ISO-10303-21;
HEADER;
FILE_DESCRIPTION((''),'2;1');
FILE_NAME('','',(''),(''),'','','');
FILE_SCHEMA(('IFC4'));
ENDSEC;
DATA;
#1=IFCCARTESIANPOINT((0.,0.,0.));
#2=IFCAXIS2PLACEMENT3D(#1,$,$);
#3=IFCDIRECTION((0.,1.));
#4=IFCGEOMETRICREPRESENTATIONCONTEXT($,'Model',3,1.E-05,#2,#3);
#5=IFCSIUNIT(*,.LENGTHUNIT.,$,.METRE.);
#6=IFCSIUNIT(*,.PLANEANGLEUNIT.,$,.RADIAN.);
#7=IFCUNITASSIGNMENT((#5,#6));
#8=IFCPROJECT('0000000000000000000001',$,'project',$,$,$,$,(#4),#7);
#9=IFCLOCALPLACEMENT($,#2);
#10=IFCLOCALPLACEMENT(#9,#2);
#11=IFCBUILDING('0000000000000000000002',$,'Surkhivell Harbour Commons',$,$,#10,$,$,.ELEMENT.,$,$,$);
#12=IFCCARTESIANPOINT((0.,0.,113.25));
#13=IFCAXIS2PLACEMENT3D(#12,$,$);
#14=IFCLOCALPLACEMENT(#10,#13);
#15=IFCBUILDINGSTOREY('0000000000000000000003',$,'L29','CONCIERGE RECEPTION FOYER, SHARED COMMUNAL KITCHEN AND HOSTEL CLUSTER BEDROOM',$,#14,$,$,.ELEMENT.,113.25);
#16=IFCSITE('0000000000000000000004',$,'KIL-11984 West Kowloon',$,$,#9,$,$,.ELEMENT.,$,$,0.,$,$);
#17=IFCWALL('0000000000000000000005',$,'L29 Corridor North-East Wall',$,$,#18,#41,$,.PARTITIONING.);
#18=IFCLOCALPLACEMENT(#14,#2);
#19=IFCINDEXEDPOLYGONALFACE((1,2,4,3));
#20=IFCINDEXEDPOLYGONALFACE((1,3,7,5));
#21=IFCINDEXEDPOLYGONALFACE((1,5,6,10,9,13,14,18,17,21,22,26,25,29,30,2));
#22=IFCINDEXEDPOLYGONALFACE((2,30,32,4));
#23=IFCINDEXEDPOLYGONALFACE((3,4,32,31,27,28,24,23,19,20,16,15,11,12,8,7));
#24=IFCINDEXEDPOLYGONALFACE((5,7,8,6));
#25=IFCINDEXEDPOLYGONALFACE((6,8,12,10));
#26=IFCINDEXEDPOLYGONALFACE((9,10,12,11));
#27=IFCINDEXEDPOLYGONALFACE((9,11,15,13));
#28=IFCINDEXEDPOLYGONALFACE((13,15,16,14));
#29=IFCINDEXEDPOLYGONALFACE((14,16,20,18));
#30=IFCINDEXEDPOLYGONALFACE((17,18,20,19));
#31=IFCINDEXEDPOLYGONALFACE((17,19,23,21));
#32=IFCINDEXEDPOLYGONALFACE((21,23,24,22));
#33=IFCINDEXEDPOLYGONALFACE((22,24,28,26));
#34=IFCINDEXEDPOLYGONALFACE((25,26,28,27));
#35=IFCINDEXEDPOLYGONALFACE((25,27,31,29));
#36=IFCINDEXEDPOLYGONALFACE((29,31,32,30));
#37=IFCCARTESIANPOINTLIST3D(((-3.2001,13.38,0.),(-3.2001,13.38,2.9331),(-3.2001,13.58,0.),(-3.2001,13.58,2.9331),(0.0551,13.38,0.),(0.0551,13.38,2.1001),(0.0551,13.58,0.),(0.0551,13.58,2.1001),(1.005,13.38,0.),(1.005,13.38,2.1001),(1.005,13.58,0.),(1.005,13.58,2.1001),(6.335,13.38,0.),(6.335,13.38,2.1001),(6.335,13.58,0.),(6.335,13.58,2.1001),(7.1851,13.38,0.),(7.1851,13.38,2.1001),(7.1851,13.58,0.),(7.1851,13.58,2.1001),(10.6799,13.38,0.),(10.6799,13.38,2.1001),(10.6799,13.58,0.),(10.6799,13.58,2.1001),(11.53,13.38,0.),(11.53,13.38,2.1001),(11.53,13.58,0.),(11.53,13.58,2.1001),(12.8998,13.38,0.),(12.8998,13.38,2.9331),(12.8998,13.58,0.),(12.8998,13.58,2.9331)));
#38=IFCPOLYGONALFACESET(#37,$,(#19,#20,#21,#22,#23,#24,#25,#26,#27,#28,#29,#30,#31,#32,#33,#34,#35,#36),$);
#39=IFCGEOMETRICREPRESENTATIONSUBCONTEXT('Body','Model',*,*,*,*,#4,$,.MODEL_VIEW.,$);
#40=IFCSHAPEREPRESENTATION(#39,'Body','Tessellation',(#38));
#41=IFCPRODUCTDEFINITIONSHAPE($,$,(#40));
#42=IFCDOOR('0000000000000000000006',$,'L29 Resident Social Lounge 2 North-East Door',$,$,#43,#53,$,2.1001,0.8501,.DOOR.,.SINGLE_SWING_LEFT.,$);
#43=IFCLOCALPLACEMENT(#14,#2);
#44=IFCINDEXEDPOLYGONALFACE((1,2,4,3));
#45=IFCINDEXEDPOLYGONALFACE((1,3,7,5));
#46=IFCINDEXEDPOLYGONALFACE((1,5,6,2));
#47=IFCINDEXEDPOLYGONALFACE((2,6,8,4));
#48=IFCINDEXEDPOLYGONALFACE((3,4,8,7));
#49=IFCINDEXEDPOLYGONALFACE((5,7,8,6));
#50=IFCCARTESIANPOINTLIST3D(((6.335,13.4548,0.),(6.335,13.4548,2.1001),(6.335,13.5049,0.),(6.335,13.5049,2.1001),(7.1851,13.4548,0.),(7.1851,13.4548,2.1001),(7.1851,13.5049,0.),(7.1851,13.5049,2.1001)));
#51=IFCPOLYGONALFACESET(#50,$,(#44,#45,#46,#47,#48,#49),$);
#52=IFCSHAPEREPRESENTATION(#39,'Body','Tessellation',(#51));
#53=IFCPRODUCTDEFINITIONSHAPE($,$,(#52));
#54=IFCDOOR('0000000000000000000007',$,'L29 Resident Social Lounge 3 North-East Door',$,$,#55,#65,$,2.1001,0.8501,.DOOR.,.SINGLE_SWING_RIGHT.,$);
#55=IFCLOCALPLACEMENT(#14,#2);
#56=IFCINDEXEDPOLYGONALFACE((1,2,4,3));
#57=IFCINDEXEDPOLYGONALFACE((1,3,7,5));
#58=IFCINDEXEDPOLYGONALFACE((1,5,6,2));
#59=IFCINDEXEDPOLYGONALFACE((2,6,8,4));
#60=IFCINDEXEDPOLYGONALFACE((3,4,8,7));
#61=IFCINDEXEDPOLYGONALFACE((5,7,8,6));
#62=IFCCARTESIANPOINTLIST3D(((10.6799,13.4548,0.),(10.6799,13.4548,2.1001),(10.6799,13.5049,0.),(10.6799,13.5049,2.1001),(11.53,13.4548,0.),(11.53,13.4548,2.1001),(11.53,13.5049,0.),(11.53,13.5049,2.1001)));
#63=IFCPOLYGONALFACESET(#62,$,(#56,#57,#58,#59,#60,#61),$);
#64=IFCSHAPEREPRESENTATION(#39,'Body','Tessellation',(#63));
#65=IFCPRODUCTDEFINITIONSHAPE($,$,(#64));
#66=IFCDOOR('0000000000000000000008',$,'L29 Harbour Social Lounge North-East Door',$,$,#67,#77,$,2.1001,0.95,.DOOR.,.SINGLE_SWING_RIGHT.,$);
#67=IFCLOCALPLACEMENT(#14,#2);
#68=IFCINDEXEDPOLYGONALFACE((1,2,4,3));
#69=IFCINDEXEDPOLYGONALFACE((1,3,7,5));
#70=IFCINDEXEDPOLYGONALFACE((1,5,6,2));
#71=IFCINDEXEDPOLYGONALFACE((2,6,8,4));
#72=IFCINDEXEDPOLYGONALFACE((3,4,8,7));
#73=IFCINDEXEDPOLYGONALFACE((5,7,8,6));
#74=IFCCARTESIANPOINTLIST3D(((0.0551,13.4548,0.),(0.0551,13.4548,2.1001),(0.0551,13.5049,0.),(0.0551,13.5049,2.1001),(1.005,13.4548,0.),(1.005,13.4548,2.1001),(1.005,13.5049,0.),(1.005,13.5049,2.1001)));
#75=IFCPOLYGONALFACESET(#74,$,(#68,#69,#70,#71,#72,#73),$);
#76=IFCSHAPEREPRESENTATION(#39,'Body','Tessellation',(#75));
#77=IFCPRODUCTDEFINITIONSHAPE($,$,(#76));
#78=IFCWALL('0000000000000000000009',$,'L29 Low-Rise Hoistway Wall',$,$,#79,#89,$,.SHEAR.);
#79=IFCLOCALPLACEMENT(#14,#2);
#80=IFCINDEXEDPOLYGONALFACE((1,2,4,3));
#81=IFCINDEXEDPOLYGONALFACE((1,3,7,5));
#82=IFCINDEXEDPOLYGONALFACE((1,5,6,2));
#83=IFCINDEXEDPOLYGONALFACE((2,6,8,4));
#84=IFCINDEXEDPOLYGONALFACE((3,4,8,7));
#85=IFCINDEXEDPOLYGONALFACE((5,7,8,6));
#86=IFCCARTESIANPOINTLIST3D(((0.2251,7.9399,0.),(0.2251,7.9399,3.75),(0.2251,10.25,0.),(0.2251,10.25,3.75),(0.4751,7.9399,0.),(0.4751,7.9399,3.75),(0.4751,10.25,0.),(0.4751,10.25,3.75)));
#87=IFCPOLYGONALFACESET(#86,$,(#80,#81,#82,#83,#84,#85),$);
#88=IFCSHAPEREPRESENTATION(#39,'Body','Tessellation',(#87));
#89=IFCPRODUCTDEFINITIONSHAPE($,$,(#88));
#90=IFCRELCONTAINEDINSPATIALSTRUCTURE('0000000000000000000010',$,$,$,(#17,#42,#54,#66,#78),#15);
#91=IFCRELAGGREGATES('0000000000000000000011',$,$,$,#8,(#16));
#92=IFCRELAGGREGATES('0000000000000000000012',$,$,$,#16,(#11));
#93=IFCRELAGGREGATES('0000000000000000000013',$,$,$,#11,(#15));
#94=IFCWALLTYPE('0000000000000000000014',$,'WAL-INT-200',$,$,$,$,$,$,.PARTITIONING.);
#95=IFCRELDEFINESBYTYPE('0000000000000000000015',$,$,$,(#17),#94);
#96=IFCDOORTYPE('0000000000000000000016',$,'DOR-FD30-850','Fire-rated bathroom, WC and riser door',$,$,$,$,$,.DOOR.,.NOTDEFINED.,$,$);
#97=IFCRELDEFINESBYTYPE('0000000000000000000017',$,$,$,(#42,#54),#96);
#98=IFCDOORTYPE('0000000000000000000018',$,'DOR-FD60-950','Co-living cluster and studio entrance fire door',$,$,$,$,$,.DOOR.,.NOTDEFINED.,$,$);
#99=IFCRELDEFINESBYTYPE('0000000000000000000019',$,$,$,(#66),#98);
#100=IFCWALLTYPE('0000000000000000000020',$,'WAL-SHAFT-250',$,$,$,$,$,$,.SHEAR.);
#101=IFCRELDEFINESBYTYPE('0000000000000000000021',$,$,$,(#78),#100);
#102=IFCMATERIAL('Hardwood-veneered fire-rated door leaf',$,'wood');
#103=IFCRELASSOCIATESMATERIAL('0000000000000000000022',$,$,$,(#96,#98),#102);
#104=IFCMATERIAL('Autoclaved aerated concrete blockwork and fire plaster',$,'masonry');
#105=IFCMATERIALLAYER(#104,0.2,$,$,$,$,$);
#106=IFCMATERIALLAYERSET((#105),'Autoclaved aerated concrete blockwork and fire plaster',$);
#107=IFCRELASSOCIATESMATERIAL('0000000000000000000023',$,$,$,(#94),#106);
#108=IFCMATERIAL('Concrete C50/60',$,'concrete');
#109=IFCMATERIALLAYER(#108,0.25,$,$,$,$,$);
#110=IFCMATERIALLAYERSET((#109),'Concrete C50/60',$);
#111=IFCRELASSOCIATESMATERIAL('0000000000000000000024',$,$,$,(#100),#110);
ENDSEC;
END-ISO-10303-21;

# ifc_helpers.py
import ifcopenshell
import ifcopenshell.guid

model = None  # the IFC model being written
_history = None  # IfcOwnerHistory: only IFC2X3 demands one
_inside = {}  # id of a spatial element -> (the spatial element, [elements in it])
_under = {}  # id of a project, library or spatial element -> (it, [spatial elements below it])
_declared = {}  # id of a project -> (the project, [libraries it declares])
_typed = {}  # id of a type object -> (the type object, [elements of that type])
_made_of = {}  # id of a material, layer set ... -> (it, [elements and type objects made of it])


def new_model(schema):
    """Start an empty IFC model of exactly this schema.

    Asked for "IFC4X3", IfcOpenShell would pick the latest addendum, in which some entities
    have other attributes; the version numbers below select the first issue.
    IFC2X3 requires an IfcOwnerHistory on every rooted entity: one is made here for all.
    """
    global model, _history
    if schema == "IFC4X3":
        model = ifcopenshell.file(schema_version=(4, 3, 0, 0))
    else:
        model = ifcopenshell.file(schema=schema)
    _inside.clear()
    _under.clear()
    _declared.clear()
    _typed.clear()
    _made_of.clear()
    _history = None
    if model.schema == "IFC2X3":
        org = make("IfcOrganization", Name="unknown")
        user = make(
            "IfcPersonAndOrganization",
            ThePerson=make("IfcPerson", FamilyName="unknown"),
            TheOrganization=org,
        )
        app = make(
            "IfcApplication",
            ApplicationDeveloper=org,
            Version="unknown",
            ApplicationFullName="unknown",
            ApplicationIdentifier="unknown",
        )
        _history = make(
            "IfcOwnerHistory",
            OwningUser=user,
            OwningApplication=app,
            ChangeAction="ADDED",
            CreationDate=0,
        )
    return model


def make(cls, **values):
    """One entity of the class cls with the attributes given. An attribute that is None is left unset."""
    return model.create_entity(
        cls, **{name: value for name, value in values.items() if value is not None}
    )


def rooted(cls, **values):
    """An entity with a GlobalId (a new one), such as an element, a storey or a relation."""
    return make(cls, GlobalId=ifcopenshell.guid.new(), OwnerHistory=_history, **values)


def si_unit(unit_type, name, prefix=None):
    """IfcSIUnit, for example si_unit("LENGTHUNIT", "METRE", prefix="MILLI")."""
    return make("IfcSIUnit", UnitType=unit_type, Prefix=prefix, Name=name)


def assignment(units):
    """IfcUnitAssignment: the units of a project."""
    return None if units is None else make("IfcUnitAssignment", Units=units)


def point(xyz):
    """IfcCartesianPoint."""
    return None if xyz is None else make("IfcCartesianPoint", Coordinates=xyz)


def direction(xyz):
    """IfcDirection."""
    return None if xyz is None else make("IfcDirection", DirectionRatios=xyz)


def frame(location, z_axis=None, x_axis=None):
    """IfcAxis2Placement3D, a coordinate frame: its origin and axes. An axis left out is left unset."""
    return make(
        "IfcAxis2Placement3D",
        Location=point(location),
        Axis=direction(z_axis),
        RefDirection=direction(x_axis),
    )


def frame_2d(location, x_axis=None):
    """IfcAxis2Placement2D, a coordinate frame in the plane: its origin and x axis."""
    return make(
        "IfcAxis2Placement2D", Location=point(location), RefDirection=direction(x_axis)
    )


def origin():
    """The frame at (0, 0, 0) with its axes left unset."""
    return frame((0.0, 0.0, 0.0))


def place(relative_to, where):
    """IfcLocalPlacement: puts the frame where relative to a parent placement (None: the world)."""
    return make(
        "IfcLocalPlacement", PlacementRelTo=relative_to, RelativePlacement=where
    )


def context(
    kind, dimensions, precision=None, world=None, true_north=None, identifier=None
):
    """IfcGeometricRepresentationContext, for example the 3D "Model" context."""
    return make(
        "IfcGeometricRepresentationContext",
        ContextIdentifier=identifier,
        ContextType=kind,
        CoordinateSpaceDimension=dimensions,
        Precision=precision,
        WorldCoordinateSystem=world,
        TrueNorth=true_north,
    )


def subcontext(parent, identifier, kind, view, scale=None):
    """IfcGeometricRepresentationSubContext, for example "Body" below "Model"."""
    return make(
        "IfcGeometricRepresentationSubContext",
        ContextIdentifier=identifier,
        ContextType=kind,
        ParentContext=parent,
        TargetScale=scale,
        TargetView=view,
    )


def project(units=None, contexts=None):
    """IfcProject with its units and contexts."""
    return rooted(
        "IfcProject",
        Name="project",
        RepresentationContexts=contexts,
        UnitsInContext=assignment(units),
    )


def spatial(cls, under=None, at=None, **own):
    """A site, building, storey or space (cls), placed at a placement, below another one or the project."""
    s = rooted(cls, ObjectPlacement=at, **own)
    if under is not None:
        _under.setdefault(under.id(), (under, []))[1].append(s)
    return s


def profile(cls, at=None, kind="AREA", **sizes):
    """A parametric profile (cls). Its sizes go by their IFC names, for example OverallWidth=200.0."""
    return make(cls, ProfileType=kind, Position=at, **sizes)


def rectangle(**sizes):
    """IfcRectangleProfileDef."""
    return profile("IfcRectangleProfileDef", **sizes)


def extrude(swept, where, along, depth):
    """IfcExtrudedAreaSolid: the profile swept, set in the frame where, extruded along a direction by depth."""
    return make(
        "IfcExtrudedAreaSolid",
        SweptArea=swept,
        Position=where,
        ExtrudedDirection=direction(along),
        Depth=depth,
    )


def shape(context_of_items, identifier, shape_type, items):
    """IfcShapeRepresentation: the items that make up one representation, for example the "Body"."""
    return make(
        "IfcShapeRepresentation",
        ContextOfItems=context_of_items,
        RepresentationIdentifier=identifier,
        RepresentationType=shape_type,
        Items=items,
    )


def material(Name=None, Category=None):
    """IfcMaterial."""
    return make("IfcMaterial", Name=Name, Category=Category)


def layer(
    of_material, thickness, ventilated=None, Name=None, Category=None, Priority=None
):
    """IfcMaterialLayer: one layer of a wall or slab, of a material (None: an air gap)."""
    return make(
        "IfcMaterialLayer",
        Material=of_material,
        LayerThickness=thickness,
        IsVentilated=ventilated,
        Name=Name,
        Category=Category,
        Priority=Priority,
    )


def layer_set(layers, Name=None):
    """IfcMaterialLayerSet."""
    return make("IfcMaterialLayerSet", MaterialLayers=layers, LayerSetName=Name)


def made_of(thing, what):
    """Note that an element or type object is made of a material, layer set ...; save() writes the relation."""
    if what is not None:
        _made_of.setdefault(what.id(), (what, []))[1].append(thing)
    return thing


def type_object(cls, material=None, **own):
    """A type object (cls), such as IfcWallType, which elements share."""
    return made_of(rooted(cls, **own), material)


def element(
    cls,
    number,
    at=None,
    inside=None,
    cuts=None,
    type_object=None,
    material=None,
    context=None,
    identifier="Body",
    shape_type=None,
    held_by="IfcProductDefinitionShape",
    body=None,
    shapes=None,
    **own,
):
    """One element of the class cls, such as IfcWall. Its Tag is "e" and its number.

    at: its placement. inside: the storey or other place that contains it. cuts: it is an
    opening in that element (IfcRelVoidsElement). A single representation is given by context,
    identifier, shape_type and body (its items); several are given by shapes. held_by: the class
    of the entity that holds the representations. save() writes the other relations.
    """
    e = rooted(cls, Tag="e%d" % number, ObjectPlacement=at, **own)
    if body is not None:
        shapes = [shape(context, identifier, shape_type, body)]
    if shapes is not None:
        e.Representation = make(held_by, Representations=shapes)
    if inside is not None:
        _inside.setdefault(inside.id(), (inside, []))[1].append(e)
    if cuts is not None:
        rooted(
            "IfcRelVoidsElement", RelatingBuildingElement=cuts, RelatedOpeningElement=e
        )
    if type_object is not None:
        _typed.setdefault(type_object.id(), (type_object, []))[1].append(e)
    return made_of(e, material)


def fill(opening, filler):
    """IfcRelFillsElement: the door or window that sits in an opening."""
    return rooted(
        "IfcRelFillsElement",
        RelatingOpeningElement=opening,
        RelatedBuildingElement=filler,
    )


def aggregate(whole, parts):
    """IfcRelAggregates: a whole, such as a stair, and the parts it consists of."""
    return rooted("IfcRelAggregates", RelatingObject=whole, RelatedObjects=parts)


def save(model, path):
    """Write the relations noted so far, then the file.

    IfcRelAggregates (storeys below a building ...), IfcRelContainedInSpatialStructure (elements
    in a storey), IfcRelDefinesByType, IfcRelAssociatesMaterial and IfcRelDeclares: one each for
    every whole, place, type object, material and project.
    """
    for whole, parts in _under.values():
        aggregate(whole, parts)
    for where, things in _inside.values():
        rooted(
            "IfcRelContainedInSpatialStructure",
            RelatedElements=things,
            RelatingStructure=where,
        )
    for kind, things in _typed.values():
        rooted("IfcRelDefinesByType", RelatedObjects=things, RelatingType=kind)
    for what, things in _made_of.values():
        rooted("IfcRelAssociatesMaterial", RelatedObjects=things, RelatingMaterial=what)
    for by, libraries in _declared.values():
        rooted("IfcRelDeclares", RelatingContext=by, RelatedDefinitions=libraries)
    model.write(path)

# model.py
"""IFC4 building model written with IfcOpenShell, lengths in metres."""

from ifc_helpers import new_model, si_unit, direction, frame, frame_2d, origin, place, context, subcontext, project, spatial, rectangle, extrude, material, layer, layer_set, type_object, element, fill, save


model = new_model("IFC4")

# Units and contexts
model_context = context("Model", 3, precision=1e-05, world=origin(), true_north=direction((0.0, 1.0)))
body_context = subcontext(model_context, "Body", "Model", "MODEL_VIEW")
ifc_project = project(units=[si_unit("LENGTHUNIT", "METRE"), si_unit("PLANEANGLEUNIT", "RADIAN")], contexts=[model_context])

# Site, building, storey
site_placement = place(None, origin())
site = spatial("IfcSite", under=ifc_project, at=site_placement, Name="KIL-11984 West Kowloon", CompositionType="ELEMENT", RefElevation=0.0)
building_placement = place(site_placement, origin())
building = spatial("IfcBuilding", under=site, at=building_placement, Name="Surkhivell Harbour Commons", CompositionType="ELEMENT")
storey_placement = place(building_placement, frame((0.0, 0.0, 113.25)))
storey = spatial("IfcBuildingStorey", under=building, at=storey_placement, Name="L29", Description="CONCIERGE RECEPTION FOYER, SHARED COMMUNAL KITCHEN AND HOSTEL CLUSTER BEDROOM", CompositionType="ELEMENT", Elevation=113.25)

# Shared definitions
ifc_material_1 = material(Name="Hardwood-veneered fire-rated door leaf", Category="wood")
door_type_1 = type_object("IfcDoorType", Name="DOR-FD30-850", Description="Fire-rated bathroom, WC and riser door", OperationType="NOTDEFINED", PredefinedType="DOOR", material=ifc_material_1)

# Wall, openings, doors
ifc_material_2 = material(Name="Autoclaved aerated concrete blockwork and fire plaster", Category="masonry")
ifc_layer_1 = layer(ifc_material_2, 0.2)
ifc_layer_set_1 = layer_set([ifc_layer_1], Name="Autoclaved aerated concrete blockwork and fire plaster")
wall_type_1 = type_object("IfcWallType", Name="WAL-INT-200", PredefinedType="PARTITIONING", material=ifc_layer_set_1)
wall_1_placement = place(storey_placement, frame((-3.2, 13.48, 0.0), z_axis=(0.0, 0.0, 1.0), x_axis=(1.0, 0.0, 0.0)))
wall_1 = element("IfcWall", 1, at=wall_1_placement, inside=storey, type_object=wall_type_1, Name="L29 Corridor North-East Wall", PredefinedType="PARTITIONING", context=body_context, shape_type="SweptSolid", body=[
    extrude(rectangle(XDim=16.0999, YDim=0.2, at=frame_2d((8.0498, 0.0))), origin(), (0.0, 0.0, 1.0), 2.9331),
])
opening_1_placement = place(wall_1_placement, frame((3.2549, 0.0, 0.0)))
opening_1 = element("IfcOpeningElement", 2, at=opening_1_placement, cuts=wall_1, PredefinedType="OPENING", context=body_context, shape_type="SweptSolid", body=[
    extrude(rectangle(XDim=0.95, YDim=2.1001, at=frame_2d((0.4751, 1.05))), frame((0.0, 0.1099, 0.0), z_axis=(0.0, -1.0, 0.0), x_axis=(1.0, 0.0, 0.0)), (0.0, 0.0, 1.0), 0.22),
])
opening_2_placement = place(wall_1_placement, frame((9.5349, 0.0, 0.0)))
opening_2 = element("IfcOpeningElement", 3, at=opening_2_placement, cuts=wall_1, PredefinedType="OPENING", context=body_context, shape_type="SweptSolid", body=[
    extrude(rectangle(XDim=0.8501, YDim=2.1001, at=frame_2d((0.425, 1.05))), frame((0.0, 0.1099, 0.0), z_axis=(0.0, -1.0, 0.0), x_axis=(1.0, 0.0, 0.0)), (0.0, 0.0, 1.0), 0.22),
])
opening_3_placement = place(wall_1_placement, frame((13.8799, 0.0, 0.0)))
opening_3 = element("IfcOpeningElement", 4, at=opening_3_placement, cuts=wall_1, PredefinedType="OPENING", context=body_context, shape_type="SweptSolid", body=[
    extrude(rectangle(XDim=0.8501, YDim=2.1001, at=frame_2d((0.425, 1.05))), frame((0.0, 0.1099, 0.0), z_axis=(0.0, -1.0, 0.0), x_axis=(1.0, 0.0, 0.0)), (0.0, 0.0, 1.0), 0.22),
])
door_1_placement = place(opening_2_placement, origin())
door_1 = element("IfcDoor", 5, at=door_1_placement, inside=storey, type_object=door_type_1, Name="L29 Resident Social Lounge 2 North-East Door", OperationType="SINGLE_SWING_LEFT", OverallHeight=2.1001, OverallWidth=0.8501, PredefinedType="DOOR", context=body_context, shape_type="SweptSolid", body=[
    extrude(rectangle(XDim=0.8501, YDim=2.1001, at=frame_2d((0.425, 1.05))), frame((0.0, 0.0249, 0.0), z_axis=(0.0, -1.0, 0.0), x_axis=(1.0, 0.0, 0.0)), (0.0, 0.0, 1.0), 0.05),
])
fill(opening_2, door_1)
door_2_placement = place(opening_3_placement, origin())
door_2 = element("IfcDoor", 6, at=door_2_placement, inside=storey, type_object=door_type_1, Name="L29 Resident Social Lounge 3 North-East Door", OperationType="SINGLE_SWING_RIGHT", OverallHeight=2.1001, OverallWidth=0.8501, PredefinedType="DOOR", context=body_context, shape_type="SweptSolid", body=[
    extrude(rectangle(XDim=0.8501, YDim=2.1001, at=frame_2d((0.425, 1.05))), frame((0.0, 0.0249, 0.0), z_axis=(0.0, -1.0, 0.0), x_axis=(1.0, 0.0, 0.0)), (0.0, 0.0, 1.0), 0.05),
])
fill(opening_3, door_2)
door_type_2 = type_object("IfcDoorType", Name="DOR-FD60-950", Description="Co-living cluster and studio entrance fire door", OperationType="NOTDEFINED", PredefinedType="DOOR", material=ifc_material_1)
door_3_placement = place(opening_1_placement, origin())
door_3 = element("IfcDoor", 7, at=door_3_placement, inside=storey, type_object=door_type_2, Name="L29 Harbour Social Lounge North-East Door", OperationType="SINGLE_SWING_RIGHT", OverallHeight=2.1001, OverallWidth=0.95, PredefinedType="DOOR", context=body_context, shape_type="SweptSolid", body=[
    extrude(rectangle(XDim=0.95, YDim=2.1001, at=frame_2d((0.4751, 1.05))), frame((0.0, 0.0249, 0.0), z_axis=(0.0, -1.0, 0.0), x_axis=(1.0, 0.0, 0.0)), (0.0, 0.0, 1.0), 0.05),
])
fill(opening_1, door_3)

# Wall
ifc_material_3 = material(Name="Concrete C50/60", Category="concrete")
ifc_layer_2 = layer(ifc_material_3, 0.25)
ifc_layer_set_2 = layer_set([ifc_layer_2], Name="Concrete C50/60")
wall_type_2 = type_object("IfcWallType", Name="WAL-SHAFT-250", PredefinedType="SHEAR", material=ifc_layer_set_2)
wall_2_placement = place(storey_placement, frame((0.3501, 7.9399, 0.0), z_axis=(0.0, 0.0, 1.0), x_axis=(0.0, 1.0, 0.0)))
element("IfcWall", 8, at=wall_2_placement, inside=storey, type_object=wall_type_2, Name="L29 Low-Rise Hoistway Wall", PredefinedType="SHEAR", context=body_context, shape_type="SweptSolid", body=[
    extrude(rectangle(XDim=2.3101, YDim=0.25, at=frame_2d((1.155, 0.0))), origin(), (0.0, 0.0, 1.0), 3.75),
])

save(model, "model.ifc")
